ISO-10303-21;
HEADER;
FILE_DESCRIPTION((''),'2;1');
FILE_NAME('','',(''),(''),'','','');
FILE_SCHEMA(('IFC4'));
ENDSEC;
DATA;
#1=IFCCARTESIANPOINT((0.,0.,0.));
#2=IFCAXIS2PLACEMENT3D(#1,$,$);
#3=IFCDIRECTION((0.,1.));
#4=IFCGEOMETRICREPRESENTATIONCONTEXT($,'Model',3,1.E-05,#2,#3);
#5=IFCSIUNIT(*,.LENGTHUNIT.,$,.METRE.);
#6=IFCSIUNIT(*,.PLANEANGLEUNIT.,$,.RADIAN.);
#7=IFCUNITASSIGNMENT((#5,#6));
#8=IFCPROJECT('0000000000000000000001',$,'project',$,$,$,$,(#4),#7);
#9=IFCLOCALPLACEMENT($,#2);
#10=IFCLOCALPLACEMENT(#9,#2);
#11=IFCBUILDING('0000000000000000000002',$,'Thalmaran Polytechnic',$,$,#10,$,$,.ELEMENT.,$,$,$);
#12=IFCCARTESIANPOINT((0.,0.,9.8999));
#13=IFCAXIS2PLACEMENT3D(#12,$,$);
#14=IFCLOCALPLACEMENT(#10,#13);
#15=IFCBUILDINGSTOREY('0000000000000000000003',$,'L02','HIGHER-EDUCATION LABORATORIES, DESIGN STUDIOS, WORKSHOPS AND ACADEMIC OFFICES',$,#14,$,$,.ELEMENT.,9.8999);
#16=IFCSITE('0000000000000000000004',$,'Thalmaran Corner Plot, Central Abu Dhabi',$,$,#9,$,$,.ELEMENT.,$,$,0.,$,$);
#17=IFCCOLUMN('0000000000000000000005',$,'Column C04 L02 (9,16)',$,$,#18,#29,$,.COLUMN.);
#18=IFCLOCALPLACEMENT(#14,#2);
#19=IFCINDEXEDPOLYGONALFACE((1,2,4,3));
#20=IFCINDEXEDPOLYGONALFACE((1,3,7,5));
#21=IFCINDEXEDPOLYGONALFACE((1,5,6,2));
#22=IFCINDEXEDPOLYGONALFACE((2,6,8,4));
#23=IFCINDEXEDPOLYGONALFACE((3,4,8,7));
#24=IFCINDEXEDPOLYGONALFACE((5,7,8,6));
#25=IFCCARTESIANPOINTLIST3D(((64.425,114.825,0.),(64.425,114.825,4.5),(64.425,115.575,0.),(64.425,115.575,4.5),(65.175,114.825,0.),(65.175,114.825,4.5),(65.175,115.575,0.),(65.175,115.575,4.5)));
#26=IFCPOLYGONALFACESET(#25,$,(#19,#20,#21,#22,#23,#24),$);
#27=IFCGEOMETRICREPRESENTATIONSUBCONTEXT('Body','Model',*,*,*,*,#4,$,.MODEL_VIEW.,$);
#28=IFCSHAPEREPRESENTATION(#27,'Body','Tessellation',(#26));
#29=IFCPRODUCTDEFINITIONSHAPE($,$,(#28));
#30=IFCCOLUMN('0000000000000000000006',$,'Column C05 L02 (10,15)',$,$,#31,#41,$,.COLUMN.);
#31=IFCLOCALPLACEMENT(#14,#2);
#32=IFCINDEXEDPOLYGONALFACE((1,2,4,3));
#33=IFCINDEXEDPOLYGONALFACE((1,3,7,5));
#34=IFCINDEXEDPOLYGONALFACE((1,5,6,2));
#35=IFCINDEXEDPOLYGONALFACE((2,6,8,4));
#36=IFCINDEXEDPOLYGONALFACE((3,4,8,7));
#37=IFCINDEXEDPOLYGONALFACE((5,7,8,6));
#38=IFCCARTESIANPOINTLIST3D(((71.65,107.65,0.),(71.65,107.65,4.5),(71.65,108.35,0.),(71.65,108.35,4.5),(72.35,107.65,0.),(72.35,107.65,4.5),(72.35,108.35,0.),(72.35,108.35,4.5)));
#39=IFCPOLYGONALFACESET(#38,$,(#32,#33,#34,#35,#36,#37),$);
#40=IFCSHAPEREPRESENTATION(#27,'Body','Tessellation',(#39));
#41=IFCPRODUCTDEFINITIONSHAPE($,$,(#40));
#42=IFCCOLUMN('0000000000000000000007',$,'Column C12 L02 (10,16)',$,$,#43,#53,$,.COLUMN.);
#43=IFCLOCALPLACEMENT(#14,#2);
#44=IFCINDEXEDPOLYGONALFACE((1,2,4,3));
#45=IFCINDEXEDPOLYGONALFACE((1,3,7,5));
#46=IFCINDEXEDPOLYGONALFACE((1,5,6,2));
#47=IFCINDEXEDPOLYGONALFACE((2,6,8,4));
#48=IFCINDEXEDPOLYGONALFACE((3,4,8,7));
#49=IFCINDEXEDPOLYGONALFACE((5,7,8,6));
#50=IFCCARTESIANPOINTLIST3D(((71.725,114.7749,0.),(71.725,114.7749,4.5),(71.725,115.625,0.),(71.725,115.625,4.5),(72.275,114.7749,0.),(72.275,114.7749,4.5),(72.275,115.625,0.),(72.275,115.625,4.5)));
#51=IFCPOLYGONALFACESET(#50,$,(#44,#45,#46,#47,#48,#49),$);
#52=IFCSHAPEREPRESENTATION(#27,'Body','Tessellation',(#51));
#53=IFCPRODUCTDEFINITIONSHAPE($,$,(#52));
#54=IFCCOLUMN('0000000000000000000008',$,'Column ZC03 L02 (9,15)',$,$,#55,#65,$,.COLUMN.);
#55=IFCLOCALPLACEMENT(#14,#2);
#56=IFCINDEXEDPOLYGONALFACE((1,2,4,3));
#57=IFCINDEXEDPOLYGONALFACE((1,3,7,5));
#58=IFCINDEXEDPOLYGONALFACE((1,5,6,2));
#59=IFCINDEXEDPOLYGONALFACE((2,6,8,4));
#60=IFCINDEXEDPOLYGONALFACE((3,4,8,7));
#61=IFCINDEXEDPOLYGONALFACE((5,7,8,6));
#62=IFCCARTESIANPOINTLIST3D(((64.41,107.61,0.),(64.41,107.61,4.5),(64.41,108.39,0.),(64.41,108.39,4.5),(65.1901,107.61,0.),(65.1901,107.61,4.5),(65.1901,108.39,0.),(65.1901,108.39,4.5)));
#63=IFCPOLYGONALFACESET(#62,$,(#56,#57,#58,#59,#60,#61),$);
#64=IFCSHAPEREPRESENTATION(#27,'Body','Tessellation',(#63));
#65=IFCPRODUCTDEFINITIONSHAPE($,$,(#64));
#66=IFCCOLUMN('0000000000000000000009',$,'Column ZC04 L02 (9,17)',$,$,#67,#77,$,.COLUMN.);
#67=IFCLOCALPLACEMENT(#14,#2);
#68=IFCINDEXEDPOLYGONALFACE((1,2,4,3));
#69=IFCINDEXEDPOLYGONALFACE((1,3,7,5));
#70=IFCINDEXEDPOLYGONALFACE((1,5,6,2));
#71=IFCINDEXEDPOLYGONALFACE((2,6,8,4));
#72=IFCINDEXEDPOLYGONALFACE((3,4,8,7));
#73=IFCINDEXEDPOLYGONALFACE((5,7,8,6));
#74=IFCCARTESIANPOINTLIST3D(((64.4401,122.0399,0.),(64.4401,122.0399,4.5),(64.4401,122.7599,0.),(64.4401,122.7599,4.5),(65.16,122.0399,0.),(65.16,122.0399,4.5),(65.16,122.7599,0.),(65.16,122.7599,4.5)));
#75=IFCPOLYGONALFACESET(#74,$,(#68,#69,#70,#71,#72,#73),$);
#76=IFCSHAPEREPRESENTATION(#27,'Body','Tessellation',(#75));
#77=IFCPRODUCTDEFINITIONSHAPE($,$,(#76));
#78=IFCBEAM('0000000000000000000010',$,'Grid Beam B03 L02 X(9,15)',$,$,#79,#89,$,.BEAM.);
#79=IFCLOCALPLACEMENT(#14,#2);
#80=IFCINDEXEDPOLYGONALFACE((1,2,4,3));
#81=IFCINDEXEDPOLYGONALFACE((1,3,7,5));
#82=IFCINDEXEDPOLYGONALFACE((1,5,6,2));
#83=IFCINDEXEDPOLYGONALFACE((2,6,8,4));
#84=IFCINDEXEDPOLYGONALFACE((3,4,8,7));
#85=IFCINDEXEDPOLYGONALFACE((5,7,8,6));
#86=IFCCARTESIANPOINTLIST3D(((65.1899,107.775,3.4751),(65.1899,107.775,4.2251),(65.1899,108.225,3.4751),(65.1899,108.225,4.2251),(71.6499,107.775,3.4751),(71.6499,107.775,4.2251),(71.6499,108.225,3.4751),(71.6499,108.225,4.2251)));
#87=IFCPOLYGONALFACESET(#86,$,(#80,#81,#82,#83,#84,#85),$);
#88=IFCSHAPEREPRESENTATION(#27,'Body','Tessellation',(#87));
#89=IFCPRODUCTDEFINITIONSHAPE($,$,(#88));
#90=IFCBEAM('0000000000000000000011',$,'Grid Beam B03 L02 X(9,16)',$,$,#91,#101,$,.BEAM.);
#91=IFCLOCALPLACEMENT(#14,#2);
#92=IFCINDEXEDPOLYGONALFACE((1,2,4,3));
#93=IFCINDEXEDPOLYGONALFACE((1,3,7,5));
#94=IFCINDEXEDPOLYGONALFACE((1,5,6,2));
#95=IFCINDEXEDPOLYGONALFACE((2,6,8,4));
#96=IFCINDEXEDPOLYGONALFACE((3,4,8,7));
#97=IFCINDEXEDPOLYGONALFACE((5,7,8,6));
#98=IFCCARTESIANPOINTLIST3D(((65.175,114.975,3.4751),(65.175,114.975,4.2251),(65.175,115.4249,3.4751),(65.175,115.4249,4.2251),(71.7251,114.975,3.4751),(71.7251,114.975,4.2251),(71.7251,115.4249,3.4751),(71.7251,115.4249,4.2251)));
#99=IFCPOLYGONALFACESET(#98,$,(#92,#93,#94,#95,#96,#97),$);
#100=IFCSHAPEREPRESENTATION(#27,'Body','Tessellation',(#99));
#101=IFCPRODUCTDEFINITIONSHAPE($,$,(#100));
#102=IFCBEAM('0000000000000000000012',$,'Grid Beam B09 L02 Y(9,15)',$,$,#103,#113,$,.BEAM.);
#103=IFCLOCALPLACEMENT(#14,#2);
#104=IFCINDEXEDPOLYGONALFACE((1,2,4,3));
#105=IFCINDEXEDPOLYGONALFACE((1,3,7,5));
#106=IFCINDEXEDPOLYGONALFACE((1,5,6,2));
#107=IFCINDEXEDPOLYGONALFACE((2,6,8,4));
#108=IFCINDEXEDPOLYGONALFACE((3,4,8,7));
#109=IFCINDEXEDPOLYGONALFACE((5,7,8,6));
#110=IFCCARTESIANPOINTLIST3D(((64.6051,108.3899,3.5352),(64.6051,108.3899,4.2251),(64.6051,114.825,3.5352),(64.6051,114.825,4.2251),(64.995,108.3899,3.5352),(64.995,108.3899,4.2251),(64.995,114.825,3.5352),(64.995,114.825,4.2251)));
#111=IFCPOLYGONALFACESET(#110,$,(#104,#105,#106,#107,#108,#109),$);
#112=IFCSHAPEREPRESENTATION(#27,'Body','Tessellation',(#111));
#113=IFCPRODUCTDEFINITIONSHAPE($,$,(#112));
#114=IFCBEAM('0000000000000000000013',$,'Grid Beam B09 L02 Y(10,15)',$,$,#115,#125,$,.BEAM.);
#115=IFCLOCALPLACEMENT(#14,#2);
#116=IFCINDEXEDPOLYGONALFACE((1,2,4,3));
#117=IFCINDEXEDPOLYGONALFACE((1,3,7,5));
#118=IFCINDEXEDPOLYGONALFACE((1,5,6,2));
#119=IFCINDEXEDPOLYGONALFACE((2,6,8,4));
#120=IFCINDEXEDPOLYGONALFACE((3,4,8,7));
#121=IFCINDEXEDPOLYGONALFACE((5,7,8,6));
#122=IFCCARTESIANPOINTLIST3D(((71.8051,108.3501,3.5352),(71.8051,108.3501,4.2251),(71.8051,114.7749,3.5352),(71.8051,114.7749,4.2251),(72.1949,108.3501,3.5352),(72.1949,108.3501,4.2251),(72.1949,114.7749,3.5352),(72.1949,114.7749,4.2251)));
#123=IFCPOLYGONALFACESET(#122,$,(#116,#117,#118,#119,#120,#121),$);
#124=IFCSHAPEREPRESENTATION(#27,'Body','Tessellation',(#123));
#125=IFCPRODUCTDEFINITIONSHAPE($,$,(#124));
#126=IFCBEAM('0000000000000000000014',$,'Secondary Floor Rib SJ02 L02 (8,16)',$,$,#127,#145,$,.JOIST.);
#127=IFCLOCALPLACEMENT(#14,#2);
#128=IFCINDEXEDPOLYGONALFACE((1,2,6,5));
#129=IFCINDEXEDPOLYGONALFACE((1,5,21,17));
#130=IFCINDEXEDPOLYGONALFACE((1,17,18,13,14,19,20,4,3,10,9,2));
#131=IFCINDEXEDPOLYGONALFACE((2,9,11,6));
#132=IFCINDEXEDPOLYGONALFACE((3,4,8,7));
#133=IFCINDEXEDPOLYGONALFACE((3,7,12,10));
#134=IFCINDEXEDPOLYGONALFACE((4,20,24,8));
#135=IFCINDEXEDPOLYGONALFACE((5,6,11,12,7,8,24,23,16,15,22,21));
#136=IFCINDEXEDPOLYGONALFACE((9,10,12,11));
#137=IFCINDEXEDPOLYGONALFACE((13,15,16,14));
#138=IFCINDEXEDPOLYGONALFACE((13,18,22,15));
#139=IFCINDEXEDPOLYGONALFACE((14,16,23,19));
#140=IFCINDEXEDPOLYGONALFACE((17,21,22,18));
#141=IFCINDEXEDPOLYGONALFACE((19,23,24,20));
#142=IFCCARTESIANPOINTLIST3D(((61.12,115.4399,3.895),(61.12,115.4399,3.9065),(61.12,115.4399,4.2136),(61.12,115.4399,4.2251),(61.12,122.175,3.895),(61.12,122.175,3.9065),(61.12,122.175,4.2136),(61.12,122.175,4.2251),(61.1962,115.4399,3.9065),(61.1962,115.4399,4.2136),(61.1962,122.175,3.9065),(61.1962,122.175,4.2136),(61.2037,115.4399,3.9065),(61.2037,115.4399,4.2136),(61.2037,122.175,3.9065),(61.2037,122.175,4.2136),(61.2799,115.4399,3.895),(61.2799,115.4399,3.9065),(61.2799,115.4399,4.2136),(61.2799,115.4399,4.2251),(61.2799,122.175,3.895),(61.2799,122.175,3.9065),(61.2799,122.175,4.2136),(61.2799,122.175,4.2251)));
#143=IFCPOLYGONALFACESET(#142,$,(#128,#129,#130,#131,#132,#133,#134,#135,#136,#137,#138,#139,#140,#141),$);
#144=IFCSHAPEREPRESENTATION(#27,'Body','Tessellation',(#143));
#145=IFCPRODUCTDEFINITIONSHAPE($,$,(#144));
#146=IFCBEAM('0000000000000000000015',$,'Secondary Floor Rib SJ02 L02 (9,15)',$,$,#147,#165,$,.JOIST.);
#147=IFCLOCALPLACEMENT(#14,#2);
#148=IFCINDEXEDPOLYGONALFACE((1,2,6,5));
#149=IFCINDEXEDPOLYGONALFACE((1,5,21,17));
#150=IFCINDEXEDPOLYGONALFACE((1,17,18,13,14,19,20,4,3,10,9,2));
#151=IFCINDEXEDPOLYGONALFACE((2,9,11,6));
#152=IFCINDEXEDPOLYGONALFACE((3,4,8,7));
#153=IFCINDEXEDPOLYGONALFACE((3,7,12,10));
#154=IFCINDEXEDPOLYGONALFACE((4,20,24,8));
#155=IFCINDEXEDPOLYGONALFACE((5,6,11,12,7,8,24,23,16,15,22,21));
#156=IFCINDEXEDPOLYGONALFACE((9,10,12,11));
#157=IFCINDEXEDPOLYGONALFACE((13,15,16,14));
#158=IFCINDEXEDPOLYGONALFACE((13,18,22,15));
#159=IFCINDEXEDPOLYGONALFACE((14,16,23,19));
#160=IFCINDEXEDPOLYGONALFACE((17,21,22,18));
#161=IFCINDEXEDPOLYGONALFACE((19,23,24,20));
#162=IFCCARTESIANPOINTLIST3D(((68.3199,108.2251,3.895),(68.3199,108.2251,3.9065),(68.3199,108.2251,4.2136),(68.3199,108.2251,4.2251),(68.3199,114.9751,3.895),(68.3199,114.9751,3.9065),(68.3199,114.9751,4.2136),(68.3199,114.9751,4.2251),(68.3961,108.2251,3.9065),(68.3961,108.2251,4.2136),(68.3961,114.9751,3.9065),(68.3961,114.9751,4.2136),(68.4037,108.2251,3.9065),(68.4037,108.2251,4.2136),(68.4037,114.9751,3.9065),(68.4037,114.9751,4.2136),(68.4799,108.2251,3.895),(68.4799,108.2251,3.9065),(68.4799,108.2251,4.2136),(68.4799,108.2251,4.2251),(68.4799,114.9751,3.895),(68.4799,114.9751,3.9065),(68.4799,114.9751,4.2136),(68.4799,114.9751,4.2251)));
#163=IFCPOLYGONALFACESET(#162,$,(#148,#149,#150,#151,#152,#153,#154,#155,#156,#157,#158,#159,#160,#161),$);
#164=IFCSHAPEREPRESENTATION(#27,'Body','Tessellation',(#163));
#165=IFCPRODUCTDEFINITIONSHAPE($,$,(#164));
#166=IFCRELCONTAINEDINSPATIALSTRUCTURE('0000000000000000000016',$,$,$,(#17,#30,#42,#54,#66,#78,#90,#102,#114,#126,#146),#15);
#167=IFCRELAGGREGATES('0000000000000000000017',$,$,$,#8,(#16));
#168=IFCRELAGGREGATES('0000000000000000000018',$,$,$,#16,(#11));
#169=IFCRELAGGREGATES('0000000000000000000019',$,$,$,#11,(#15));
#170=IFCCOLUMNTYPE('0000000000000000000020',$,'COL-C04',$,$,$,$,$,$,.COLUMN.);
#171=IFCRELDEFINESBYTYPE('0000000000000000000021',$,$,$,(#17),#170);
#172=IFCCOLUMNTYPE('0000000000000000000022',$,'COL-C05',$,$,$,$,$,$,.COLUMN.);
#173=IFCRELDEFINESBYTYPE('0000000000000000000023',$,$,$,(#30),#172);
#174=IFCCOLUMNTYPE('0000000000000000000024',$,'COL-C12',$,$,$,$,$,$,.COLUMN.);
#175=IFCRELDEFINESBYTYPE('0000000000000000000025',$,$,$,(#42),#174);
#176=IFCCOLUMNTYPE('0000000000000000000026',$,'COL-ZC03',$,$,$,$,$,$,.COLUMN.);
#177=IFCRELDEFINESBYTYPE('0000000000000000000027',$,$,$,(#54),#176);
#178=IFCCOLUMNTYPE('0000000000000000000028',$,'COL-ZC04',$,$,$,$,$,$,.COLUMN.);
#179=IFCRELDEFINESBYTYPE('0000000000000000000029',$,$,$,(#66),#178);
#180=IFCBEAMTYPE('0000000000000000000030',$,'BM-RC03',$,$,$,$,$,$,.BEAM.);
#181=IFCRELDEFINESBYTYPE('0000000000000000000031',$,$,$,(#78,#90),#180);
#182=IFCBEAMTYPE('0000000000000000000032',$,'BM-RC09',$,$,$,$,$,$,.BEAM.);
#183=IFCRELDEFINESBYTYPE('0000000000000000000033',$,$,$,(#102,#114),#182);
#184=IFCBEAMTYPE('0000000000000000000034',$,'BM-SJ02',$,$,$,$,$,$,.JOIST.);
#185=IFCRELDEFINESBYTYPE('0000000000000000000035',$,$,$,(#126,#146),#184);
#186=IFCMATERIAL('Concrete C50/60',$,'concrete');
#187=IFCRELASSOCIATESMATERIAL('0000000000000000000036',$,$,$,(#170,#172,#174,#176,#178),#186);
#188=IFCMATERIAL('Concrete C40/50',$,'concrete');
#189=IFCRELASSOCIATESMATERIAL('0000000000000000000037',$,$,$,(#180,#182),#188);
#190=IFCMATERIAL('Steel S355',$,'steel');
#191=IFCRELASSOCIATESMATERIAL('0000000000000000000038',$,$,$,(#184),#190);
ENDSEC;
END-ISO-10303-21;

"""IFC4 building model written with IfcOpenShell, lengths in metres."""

from ifc_helpers import new_model, si_unit, direction, frame, origin, origin_2d, place, context, subcontext, project, spatial, rectangle, i_section, extrude, material, material_profile, profile_set, type_object, element, save


model = new_model("IFC4")

# Units and contexts
model_context = context("Model", 3, precision=1e-05, world=origin(), true_north=direction((0.0, 1.0)))
body_context = subcontext(model_context, "Body", "Model", "MODEL_VIEW")
ifc_project = project(units=[si_unit("LENGTHUNIT", "METRE"), si_unit("PLANEANGLEUNIT", "RADIAN")], contexts=[model_context])

# Site, building, storey
site_placement = place(None, origin())
site = spatial("IfcSite", under=ifc_project, at=site_placement, Name="Thalmaran Corner Plot, Central Abu Dhabi", CompositionType="ELEMENT", RefElevation=0.0)
building_placement = place(site_placement, origin())
building = spatial("IfcBuilding", under=site, at=building_placement, Name="Thalmaran Polytechnic", CompositionType="ELEMENT")
storey_placement = place(building_placement, frame((0.0, 0.0, 9.8999)))
storey = spatial("IfcBuildingStorey", under=building, at=storey_placement, Name="L02", Description="HIGHER-EDUCATION LABORATORIES, DESIGN STUDIOS, WORKSHOPS AND ACADEMIC OFFICES", CompositionType="ELEMENT", Elevation=9.8999)

# Columns
ifc_material_1 = material(Name="Concrete C50/60", Category="concrete")
ifc_material_profile_1 = material_profile(ifc_material_1, rectangle(XDim=0.75, YDim=0.75, at=origin_2d()), Name="RC 750x750")
ifc_profile_set_1 = profile_set([ifc_material_profile_1], Name="Concrete C50/60")
column_type_1 = type_object("IfcColumnType", Name="COL-C04", PredefinedType="COLUMN", material=ifc_profile_set_1)
column_1_placement = place(storey_placement, frame((64.8, 115.2, 0.0), z_axis=(0.0, 0.0, 1.0), x_axis=(1.0, 0.0, 0.0)))
element("IfcColumn", 1, at=column_1_placement, inside=storey, type_object=column_type_1, Name="Column C04 L02 (9,16)", PredefinedType="COLUMN", context=body_context, shape_type="SweptSolid", body=[
    extrude(rectangle(XDim=0.75, YDim=0.75, at=origin_2d()), origin(), (0.0, 0.0, 1.0), 4.5),
])
ifc_material_profile_2 = material_profile(ifc_material_1, rectangle(XDim=0.7, YDim=0.7, at=origin_2d()), Name="RC 700x700")
ifc_profile_set_2 = profile_set([ifc_material_profile_2], Name="Concrete C50/60")
column_type_2 = type_object("IfcColumnType", Name="COL-C05", PredefinedType="COLUMN", material=ifc_profile_set_2)
column_2_placement = place(storey_placement, frame((72.0, 108.0, 0.0), z_axis=(0.0, 0.0, 1.0), x_axis=(1.0, 0.0, 0.0)))
element("IfcColumn", 2, at=column_2_placement, inside=storey, type_object=column_type_2, Name="Column C05 L02 (10,15)", PredefinedType="COLUMN", context=body_context, shape_type="SweptSolid", body=[
    extrude(rectangle(XDim=0.7, YDim=0.7, at=origin_2d()), origin(), (0.0, 0.0, 1.0), 4.5),
])
ifc_material_profile_3 = material_profile(ifc_material_1, rectangle(XDim=0.55, YDim=0.8501, at=origin_2d()), Name="RC 550x850")
ifc_profile_set_3 = profile_set([ifc_material_profile_3], Name="Concrete C50/60")
column_type_3 = type_object("IfcColumnType", Name="COL-C12", PredefinedType="COLUMN", material=ifc_profile_set_3)
column_3_placement = place(storey_placement, frame((72.0, 115.2, 0.0), z_axis=(0.0, 0.0, 1.0), x_axis=(1.0, 0.0, 0.0)))
element("IfcColumn", 3, at=column_3_placement, inside=storey, type_object=column_type_3, Name="Column C12 L02 (10,16)", PredefinedType="COLUMN", context=body_context, shape_type="SweptSolid", body=[
    extrude(rectangle(XDim=0.55, YDim=0.8501, at=origin_2d()), origin(), (0.0, 0.0, 1.0), 4.5),
])
ifc_material_profile_4 = material_profile(ifc_material_1, rectangle(XDim=0.78, YDim=0.78, at=origin_2d()), Name="RC 780x780")
ifc_profile_set_4 = profile_set([ifc_material_profile_4], Name="Concrete C50/60")
column_type_4 = type_object("IfcColumnType", Name="COL-ZC03", PredefinedType="COLUMN", material=ifc_profile_set_4)
column_4_placement = place(storey_placement, frame((64.8, 108.0, 0.0), z_axis=(0.0, 0.0, 1.0), x_axis=(1.0, 0.0, 0.0)))
element("IfcColumn", 4, at=column_4_placement, inside=storey, type_object=column_type_4, Name="Column ZC03 L02 (9,15)", PredefinedType="COLUMN", context=body_context, shape_type="SweptSolid", body=[
    extrude(rectangle(XDim=0.78, YDim=0.78, at=origin_2d()), origin(), (0.0, 0.0, 1.0), 4.5),
])
ifc_material_profile_5 = material_profile(ifc_material_1, rectangle(XDim=0.72, YDim=0.72, at=origin_2d()), Name="RC 720x720")
ifc_profile_set_5 = profile_set([ifc_material_profile_5], Name="Concrete C50/60")
column_type_5 = type_object("IfcColumnType", Name="COL-ZC04", PredefinedType="COLUMN", material=ifc_profile_set_5)
column_5_placement = place(storey_placement, frame((64.8, 122.3999, 0.0), z_axis=(0.0, 0.0, 1.0), x_axis=(1.0, 0.0, 0.0)))
element("IfcColumn", 5, at=column_5_placement, inside=storey, type_object=column_type_5, Name="Column ZC04 L02 (9,17)", PredefinedType="COLUMN", context=body_context, shape_type="SweptSolid", body=[
    extrude(rectangle(XDim=0.72, YDim=0.72, at=origin_2d()), origin(), (0.0, 0.0, 1.0), 4.5),
])

# Beams
ifc_material_2 = material(Name="Concrete C40/50", Category="concrete")
ifc_material_profile_6 = material_profile(ifc_material_2, rectangle(XDim=0.45, YDim=0.75, at=origin_2d()), Name="RC 450x750")
ifc_profile_set_6 = profile_set([ifc_material_profile_6], Name="Concrete C40/50")
beam_type_1 = type_object("IfcBeamType", Name="BM-RC03", PredefinedType="BEAM", material=ifc_profile_set_6)
beam_1_placement = place(storey_placement, frame((65.1899, 108.0, 3.8501), z_axis=(1.0, 0.0, 0.0), x_axis=(0.0, 1.0, 0.0)))
element("IfcBeam", 6, at=beam_1_placement, inside=storey, type_object=beam_type_1, Name="Grid Beam B03 L02 X(9,15)", PredefinedType="BEAM", context=body_context, shape_type="SweptSolid", body=[
    extrude(rectangle(XDim=0.45, YDim=0.75, at=origin_2d()), origin(), (0.0, 0.0, 1.0), 6.46),
])
beam_2_placement = place(storey_placement, frame((65.175, 115.2, 3.8501), z_axis=(1.0, 0.0, 0.0), x_axis=(0.0, 1.0, 0.0)))
element("IfcBeam", 7, at=beam_2_placement, inside=storey, type_object=beam_type_1, Name="Grid Beam B03 L02 X(9,16)", PredefinedType="BEAM", context=body_context, shape_type="SweptSolid", body=[
    extrude(rectangle(XDim=0.45, YDim=0.75, at=origin_2d()), origin(), (0.0, 0.0, 1.0), 6.55),
])
ifc_material_profile_7 = material_profile(ifc_material_2, rectangle(XDim=0.3899, YDim=0.6899, at=origin_2d()), Name="RC 390x690")
ifc_profile_set_7 = profile_set([ifc_material_profile_7], Name="Concrete C40/50")
beam_type_2 = type_object("IfcBeamType", Name="BM-RC09", PredefinedType="BEAM", material=ifc_profile_set_7)
beam_3_placement = place(storey_placement, frame((64.8, 108.3899, 3.8801), z_axis=(0.0, 1.0, 0.0), x_axis=(-1.0, 0.0, 0.0)))
element("IfcBeam", 8, at=beam_3_placement, inside=storey, type_object=beam_type_2, Name="Grid Beam B09 L02 Y(9,15)", PredefinedType="BEAM", context=body_context, shape_type="SweptSolid", body=[
    extrude(rectangle(XDim=0.3899, YDim=0.6899, at=origin_2d()), origin(), (0.0, 0.0, 1.0), 6.4351),
])
beam_4_placement = place(storey_placement, frame((72.0, 108.3501, 3.8801), z_axis=(0.0, 1.0, 0.0), x_axis=(-1.0, 0.0, 0.0)))
element("IfcBeam", 9, at=beam_4_placement, inside=storey, type_object=beam_type_2, Name="Grid Beam B09 L02 Y(10,15)", PredefinedType="BEAM", context=body_context, shape_type="SweptSolid", body=[
    extrude(rectangle(XDim=0.3899, YDim=0.6899, at=origin_2d()), origin(), (0.0, 0.0, 1.0), 6.4248),
])
ifc_material_3 = material(Name="Steel S355", Category="steel")
ifc_material_profile_8 = material_profile(ifc_material_3, i_section(OverallWidth=0.1599, OverallDepth=0.3301, WebThickness=0.0076, FlangeThickness=0.0115, at=origin_2d()), Name="IPE 330")
ifc_profile_set_8 = profile_set([ifc_material_profile_8], Name="Steel S355")
beam_type_3 = type_object("IfcBeamType", Name="BM-SJ02", PredefinedType="JOIST", material=ifc_profile_set_8)
beam_5_placement = place(storey_placement, frame((61.2, 115.4399, 4.0601), z_axis=(0.0, 1.0, 0.0), x_axis=(-1.0, 0.0, 0.0)))
element("IfcBeam", 10, at=beam_5_placement, inside=storey, type_object=beam_type_3, Name="Secondary Floor Rib SJ02 L02 (8,16)", PredefinedType="JOIST", context=body_context, shape_type="SweptSolid", body=[
    extrude(i_section(OverallWidth=0.1599, OverallDepth=0.3301, WebThickness=0.0076, FlangeThickness=0.0115, at=origin_2d()), origin(), (0.0, 0.0, 1.0), 6.7351),
])
beam_6_placement = place(storey_placement, frame((68.3999, 108.2251, 4.0601), z_axis=(0.0, 1.0, 0.0), x_axis=(-1.0, 0.0, 0.0)))
element("IfcBeam", 11, at=beam_6_placement, inside=storey, type_object=beam_type_3, Name="Secondary Floor Rib SJ02 L02 (9,15)", PredefinedType="JOIST", context=body_context, shape_type="SweptSolid", body=[
    extrude(i_section(OverallWidth=0.1599, OverallDepth=0.3301, WebThickness=0.0076, FlangeThickness=0.0115, at=origin_2d()), origin(), (0.0, 0.0, 1.0), 6.75),
])

save(model, "model.ifc")
